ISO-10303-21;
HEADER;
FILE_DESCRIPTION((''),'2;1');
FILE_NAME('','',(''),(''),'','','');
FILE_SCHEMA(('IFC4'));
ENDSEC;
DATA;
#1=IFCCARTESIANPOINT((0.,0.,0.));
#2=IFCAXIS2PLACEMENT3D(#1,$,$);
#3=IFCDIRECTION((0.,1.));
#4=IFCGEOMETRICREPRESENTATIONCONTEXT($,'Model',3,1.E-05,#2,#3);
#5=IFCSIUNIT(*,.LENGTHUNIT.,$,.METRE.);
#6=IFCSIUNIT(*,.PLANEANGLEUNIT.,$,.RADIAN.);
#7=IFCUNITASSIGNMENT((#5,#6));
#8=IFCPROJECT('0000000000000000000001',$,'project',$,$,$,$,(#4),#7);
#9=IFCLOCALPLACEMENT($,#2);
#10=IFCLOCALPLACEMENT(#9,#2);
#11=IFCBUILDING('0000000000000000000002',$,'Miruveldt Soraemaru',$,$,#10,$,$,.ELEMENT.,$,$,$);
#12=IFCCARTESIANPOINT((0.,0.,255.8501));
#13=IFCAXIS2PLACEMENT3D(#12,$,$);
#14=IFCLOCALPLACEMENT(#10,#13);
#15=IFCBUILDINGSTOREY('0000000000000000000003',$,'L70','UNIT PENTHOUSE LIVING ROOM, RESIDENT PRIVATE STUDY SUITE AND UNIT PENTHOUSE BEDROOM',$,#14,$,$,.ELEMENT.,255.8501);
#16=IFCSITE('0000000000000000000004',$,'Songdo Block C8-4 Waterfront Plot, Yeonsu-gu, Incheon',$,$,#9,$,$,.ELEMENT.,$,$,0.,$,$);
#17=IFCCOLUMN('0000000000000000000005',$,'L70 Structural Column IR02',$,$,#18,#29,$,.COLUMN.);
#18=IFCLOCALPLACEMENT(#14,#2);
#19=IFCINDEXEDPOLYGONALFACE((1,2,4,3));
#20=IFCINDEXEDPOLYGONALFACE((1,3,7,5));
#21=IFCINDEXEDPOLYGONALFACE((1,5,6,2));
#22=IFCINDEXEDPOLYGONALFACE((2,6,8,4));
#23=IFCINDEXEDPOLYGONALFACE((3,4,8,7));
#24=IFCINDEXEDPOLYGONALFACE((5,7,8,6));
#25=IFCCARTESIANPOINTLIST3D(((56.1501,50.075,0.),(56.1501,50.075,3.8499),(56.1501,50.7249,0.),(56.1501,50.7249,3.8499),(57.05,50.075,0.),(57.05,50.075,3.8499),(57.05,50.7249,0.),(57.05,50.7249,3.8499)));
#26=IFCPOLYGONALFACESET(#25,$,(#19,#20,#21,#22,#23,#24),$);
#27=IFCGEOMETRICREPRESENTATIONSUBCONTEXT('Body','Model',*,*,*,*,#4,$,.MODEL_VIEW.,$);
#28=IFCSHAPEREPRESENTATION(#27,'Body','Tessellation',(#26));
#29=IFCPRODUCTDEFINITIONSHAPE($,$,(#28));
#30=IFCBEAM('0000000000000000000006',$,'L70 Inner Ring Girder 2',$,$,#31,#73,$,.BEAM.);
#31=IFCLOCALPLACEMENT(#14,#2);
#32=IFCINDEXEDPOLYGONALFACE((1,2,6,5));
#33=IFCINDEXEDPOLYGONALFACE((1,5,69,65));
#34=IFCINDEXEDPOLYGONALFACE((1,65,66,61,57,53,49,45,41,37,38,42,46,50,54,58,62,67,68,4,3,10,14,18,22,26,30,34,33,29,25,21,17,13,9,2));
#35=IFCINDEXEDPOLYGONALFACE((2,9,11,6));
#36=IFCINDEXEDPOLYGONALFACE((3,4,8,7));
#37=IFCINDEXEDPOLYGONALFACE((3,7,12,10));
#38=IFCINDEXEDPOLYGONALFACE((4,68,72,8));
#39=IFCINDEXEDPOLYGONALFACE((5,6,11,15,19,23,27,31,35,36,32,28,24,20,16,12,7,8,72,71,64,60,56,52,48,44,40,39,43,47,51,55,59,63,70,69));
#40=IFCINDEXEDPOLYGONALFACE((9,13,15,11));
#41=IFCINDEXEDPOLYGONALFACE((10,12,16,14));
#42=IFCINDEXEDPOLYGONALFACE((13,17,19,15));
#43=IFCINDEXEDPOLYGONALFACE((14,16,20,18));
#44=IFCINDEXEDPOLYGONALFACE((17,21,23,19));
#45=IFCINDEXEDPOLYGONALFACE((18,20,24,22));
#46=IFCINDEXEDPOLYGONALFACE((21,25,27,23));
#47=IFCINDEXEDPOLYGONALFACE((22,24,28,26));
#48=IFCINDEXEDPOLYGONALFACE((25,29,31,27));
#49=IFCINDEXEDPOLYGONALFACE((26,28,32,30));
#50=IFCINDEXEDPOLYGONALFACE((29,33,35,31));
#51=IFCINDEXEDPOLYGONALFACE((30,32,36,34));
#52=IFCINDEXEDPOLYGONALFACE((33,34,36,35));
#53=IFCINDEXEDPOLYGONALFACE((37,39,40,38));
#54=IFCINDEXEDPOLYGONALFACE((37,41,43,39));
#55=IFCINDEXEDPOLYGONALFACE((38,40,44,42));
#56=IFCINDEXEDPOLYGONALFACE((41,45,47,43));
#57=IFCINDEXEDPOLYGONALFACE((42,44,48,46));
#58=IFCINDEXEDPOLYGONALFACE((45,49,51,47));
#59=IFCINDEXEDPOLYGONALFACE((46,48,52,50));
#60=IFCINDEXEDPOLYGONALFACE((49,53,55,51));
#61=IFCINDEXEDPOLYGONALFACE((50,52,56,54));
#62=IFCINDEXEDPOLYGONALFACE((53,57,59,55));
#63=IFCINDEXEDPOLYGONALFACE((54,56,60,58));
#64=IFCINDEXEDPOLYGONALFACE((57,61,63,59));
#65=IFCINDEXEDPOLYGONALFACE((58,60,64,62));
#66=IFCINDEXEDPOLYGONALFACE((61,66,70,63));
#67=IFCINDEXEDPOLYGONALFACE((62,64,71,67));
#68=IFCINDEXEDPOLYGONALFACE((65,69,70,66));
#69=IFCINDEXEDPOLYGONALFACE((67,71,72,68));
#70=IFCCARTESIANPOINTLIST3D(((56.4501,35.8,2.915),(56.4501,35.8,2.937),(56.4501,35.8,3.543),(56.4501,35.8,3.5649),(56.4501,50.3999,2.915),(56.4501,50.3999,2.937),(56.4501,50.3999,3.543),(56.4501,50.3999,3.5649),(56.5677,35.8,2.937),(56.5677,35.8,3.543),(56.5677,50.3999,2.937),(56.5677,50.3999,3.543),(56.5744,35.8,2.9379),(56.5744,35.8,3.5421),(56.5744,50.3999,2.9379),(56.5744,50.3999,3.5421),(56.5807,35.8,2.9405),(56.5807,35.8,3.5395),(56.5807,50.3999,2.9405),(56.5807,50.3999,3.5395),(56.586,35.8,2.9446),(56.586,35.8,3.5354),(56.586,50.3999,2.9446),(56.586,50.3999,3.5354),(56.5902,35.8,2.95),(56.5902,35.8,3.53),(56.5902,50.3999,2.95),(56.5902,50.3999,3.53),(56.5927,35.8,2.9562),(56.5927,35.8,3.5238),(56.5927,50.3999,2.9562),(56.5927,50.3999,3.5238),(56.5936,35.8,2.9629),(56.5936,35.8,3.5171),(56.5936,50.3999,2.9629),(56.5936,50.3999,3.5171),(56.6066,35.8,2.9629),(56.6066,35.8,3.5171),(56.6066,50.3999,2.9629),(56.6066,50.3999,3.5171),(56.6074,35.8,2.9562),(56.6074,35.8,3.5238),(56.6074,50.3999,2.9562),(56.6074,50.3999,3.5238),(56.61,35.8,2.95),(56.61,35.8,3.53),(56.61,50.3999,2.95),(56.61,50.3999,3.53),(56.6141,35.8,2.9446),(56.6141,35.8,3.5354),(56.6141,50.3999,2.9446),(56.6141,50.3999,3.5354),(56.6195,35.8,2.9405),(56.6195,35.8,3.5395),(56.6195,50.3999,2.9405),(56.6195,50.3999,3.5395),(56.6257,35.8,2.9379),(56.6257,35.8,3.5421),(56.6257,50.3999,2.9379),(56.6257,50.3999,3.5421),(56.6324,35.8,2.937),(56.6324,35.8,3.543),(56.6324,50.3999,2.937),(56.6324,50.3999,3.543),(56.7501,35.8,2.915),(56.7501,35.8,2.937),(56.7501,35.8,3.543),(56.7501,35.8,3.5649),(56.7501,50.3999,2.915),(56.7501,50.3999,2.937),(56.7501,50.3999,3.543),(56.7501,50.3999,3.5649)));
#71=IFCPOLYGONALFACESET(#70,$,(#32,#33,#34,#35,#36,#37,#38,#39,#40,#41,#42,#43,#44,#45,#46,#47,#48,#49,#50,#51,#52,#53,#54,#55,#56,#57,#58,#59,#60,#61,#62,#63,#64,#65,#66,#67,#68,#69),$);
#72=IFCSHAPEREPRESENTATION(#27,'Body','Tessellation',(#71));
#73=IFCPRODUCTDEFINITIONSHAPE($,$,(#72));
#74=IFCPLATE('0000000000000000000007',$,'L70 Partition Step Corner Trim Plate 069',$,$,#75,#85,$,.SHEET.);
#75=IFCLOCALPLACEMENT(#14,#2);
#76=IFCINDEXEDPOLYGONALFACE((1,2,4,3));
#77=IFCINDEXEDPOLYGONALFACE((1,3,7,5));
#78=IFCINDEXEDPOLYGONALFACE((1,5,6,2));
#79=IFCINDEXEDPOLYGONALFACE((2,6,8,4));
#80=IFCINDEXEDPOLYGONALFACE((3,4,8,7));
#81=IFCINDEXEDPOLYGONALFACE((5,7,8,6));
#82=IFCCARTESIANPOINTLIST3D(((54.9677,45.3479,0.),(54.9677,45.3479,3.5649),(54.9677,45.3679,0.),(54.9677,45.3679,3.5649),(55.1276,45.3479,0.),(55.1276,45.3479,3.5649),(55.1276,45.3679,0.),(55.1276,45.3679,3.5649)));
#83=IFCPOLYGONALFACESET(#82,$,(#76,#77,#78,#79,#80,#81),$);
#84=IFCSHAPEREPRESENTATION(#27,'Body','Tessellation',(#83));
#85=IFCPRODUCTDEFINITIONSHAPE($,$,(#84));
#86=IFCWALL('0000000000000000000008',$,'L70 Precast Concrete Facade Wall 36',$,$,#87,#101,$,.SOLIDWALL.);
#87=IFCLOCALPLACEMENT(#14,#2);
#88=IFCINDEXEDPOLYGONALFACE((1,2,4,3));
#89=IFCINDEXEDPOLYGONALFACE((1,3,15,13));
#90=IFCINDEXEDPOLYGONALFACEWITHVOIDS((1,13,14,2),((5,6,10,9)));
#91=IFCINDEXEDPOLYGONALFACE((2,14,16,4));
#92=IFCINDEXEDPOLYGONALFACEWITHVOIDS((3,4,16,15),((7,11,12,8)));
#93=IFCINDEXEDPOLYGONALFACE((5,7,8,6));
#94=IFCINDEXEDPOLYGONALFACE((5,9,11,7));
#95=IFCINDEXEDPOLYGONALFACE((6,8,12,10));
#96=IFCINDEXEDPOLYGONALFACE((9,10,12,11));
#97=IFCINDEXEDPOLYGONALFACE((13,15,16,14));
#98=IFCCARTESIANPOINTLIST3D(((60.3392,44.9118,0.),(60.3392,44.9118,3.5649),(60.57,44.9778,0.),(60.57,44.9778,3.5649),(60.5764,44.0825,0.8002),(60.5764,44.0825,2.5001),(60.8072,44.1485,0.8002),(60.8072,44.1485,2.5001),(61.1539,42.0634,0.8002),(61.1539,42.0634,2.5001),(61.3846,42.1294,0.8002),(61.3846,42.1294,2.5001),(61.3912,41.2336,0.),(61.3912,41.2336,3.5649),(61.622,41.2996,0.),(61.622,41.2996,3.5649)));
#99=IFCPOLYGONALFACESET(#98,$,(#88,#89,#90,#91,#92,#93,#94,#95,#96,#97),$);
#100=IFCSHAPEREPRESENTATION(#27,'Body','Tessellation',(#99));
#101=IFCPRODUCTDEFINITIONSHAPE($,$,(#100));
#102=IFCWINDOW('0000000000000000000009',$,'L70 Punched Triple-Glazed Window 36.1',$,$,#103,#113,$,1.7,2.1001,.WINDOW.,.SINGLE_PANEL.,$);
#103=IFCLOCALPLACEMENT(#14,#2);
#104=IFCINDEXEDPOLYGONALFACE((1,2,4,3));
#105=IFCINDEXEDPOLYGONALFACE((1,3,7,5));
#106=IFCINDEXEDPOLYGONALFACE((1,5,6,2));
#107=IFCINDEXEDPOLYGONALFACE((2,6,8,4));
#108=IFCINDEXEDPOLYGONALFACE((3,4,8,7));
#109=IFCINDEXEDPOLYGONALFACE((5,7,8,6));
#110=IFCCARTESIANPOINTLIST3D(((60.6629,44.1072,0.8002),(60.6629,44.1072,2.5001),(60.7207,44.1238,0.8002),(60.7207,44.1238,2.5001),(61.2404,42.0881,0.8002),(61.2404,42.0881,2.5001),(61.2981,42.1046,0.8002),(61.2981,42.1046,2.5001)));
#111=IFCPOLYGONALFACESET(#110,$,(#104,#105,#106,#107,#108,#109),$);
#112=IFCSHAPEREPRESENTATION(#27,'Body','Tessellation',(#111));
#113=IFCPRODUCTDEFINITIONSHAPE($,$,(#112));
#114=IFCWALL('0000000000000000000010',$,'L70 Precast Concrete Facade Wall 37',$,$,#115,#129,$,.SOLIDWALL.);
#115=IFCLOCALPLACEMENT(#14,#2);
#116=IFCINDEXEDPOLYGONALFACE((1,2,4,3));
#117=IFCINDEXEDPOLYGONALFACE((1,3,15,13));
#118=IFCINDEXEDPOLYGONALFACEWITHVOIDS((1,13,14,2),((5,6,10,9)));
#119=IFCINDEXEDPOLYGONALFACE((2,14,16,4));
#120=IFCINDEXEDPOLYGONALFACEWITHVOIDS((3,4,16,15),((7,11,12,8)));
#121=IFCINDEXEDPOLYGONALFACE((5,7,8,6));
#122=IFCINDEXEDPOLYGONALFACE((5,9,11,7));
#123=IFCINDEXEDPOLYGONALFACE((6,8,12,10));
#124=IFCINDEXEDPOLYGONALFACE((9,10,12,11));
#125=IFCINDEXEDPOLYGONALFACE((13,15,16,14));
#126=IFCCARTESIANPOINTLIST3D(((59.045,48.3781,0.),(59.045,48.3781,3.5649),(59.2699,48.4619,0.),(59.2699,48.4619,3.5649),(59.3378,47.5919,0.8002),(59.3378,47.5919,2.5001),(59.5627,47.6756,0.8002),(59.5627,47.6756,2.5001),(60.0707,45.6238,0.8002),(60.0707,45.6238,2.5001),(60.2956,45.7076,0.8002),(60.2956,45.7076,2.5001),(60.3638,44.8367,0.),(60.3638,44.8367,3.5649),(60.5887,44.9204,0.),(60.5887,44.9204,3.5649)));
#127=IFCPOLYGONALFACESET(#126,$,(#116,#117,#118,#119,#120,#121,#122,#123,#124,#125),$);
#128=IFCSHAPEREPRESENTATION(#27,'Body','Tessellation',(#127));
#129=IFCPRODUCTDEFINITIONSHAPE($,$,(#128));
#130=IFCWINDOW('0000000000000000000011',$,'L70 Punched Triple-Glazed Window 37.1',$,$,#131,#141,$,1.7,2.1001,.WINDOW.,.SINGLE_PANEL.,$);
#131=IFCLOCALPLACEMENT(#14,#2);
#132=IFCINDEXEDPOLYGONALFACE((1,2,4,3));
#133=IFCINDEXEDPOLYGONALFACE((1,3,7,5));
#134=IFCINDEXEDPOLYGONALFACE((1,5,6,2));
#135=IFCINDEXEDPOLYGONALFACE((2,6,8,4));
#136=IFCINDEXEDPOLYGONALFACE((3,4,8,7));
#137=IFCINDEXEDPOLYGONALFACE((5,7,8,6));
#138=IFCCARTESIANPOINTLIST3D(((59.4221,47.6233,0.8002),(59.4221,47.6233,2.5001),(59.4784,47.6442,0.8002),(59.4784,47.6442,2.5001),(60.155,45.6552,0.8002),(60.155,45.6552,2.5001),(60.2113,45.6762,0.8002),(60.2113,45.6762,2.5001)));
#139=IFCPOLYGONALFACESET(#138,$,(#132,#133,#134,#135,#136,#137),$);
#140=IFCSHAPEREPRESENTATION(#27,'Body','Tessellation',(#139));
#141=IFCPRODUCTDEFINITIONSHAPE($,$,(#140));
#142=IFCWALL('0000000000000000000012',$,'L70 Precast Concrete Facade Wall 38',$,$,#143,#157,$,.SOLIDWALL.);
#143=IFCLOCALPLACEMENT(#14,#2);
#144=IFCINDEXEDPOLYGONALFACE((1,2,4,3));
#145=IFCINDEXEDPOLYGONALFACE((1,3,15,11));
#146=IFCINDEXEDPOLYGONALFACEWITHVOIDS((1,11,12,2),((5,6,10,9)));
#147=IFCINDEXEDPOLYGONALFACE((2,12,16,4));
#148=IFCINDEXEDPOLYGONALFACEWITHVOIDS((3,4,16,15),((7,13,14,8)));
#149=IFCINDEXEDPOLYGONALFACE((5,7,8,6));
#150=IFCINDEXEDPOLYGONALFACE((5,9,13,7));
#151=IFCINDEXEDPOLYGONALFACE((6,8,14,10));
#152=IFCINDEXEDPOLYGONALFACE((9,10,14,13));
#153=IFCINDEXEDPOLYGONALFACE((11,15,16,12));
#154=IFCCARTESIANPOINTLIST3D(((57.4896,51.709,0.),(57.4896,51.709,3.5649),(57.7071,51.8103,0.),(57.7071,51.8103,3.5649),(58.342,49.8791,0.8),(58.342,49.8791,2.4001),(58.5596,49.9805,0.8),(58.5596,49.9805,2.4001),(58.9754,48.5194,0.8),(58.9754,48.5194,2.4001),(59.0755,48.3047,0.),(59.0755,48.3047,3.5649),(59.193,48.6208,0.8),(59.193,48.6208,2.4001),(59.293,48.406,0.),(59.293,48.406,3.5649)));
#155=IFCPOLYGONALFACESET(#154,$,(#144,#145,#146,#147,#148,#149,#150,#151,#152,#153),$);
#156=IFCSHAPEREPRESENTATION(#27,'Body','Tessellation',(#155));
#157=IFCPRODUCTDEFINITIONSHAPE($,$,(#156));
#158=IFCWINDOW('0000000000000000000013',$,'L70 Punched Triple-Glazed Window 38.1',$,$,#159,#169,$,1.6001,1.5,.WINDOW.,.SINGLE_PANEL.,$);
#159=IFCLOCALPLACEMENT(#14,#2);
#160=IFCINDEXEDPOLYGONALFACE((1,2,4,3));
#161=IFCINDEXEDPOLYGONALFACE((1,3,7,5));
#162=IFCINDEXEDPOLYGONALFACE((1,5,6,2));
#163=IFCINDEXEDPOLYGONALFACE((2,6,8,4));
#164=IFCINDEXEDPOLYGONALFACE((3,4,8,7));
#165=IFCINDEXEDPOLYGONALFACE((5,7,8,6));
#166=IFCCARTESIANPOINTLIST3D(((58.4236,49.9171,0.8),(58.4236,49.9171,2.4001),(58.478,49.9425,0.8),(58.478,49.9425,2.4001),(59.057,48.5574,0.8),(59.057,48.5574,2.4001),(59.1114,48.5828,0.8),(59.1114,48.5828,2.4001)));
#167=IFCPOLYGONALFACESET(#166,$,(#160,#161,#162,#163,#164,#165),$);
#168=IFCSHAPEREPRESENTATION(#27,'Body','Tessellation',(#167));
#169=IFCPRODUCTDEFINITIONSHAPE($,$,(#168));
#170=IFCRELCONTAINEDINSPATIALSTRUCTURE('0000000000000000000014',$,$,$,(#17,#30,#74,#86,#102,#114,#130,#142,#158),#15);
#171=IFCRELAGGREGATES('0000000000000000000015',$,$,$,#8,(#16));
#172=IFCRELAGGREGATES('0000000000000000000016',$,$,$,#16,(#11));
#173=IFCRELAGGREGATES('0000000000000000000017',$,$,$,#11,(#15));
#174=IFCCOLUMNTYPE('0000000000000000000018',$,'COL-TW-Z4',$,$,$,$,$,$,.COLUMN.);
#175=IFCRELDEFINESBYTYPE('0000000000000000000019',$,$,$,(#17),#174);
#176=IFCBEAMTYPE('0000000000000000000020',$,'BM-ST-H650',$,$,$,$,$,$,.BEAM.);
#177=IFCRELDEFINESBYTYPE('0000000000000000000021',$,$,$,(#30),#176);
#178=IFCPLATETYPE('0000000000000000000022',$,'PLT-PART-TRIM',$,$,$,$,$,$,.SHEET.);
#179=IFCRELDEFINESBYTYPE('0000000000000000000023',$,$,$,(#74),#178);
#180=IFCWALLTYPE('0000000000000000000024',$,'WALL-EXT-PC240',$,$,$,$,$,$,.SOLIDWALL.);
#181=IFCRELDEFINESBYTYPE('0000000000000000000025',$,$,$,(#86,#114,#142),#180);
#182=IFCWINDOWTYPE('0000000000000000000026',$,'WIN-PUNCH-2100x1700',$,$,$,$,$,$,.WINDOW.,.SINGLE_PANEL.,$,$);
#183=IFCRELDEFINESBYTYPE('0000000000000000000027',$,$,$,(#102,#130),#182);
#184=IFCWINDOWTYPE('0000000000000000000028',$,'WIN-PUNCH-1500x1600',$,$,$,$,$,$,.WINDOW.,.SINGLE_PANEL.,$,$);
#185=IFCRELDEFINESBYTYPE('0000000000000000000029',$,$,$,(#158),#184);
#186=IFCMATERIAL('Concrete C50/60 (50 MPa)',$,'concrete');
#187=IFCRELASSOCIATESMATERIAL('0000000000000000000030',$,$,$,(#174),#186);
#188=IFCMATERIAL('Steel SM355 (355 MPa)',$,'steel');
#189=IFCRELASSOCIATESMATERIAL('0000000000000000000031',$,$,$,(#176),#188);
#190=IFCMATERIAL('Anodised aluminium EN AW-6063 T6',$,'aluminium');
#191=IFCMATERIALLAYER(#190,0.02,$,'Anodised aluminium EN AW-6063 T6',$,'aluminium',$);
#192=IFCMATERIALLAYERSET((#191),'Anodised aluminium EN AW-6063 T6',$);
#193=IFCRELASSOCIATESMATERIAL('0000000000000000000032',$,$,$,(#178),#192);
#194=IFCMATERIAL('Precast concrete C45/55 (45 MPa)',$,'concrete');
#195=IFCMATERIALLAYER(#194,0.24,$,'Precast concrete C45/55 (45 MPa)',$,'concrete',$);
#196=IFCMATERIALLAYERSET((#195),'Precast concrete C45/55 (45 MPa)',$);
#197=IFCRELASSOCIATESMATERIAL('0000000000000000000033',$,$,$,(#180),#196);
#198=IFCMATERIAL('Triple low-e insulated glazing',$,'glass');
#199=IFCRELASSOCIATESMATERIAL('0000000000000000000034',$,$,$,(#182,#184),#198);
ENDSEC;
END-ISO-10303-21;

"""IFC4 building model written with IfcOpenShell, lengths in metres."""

from ifc_helpers import new_model, si_unit, direction, frame, frame_2d, origin, origin_2d, place, context, subcontext, project, spatial, rectangle, i_section, extrude, material, layer, layer_set, material_profile, profile_set, type_object, element, fill, save


model = new_model("IFC4")

# Units and contexts
model_context = context("Model", 3, precision=1e-05, world=origin(), true_north=direction((0.0, 1.0)))
body_context = subcontext(model_context, "Body", "Model", "MODEL_VIEW")
ifc_project = project(units=[si_unit("LENGTHUNIT", "METRE"), si_unit("PLANEANGLEUNIT", "RADIAN")], contexts=[model_context])

# Site, building, storey
site_placement = place(None, origin())
site = spatial("IfcSite", under=ifc_project, at=site_placement, Name="Songdo Block C8-4 Waterfront Plot, Yeonsu-gu, Incheon", CompositionType="ELEMENT", RefElevation=0.0)
building_placement = place(site_placement, origin())
building = spatial("IfcBuilding", under=site, at=building_placement, Name="Miruveldt Soraemaru", CompositionType="ELEMENT")
storey_placement = place(building_placement, frame((0.0, 0.0, 255.8501)))
storey = spatial("IfcBuildingStorey", under=building, at=storey_placement, Name="L70", Description="UNIT PENTHOUSE LIVING ROOM, RESIDENT PRIVATE STUDY SUITE AND UNIT PENTHOUSE BEDROOM", CompositionType="ELEMENT", Elevation=255.8501)

# Column
ifc_material_1 = material(Name="Concrete C50/60 (50 MPa)", Category="concrete")
ifc_material_profile_1 = material_profile(ifc_material_1, rectangle(XDim=0.8999, YDim=0.6499, at=origin_2d()), Name="Concrete C50/60 (50 MPa)", Category="concrete")
ifc_profile_set_1 = profile_set([ifc_material_profile_1], Name="Concrete C50/60 (50 MPa)")
column_type = type_object("IfcColumnType", Name="COL-TW-Z4", PredefinedType="COLUMN", material=ifc_profile_set_1)
column_placement = place(storey_placement, frame((56.6001, 50.3999, 0.0), z_axis=(0.0, 0.0, 1.0), x_axis=(1.0, 0.0, 0.0)))
element("IfcColumn", 1, at=column_placement, inside=storey, type_object=column_type, Name="L70 Structural Column IR02", PredefinedType="COLUMN", context=body_context, shape_type="SweptSolid", body=[
    extrude(rectangle(XDim=0.8999, YDim=0.6499, at=origin_2d()), origin(), (0.0, 0.0, 1.0), 3.8499),
])

# Beam
ifc_material_2 = material(Name="Steel SM355 (355 MPa)", Category="steel")
ifc_material_profile_2 = material_profile(ifc_material_2, i_section(OverallWidth=0.3, OverallDepth=0.6499, WebThickness=0.0129, FlangeThickness=0.022, FilletRadius=0.0259, at=origin_2d()), Name="Steel SM355 (355 MPa)", Category="steel")
ifc_profile_set_2 = profile_set([ifc_material_profile_2], Name="Steel SM355 (355 MPa)")
beam_type = type_object("IfcBeamType", Name="BM-ST-H650", PredefinedType="BEAM", material=ifc_profile_set_2)
beam_placement = place(storey_placement, frame((56.6001, 50.3999, 3.24), z_axis=(0.0, -1.0, 0.0), x_axis=(1.0, 0.0, 0.0)))
element("IfcBeam", 2, at=beam_placement, inside=storey, type_object=beam_type, Name="L70 Inner Ring Girder 2", PredefinedType="BEAM", context=body_context, shape_type="SweptSolid", body=[
    extrude(i_section(OverallWidth=0.3, OverallDepth=0.6499, WebThickness=0.0129, FlangeThickness=0.022, FilletRadius=0.0259, at=origin_2d()), origin(), (0.0, 0.0, 1.0), 14.5999),
])

# Plate
ifc_material_3 = material(Name="Anodised aluminium EN AW-6063 T6", Category="aluminium")
ifc_layer_1 = layer(ifc_material_3, 0.02, Name="Anodised aluminium EN AW-6063 T6", Category="aluminium")
ifc_layer_set_1 = layer_set([ifc_layer_1], Name="Anodised aluminium EN AW-6063 T6")
plate_type = type_object("IfcPlateType", Name="PLT-PART-TRIM", PredefinedType="SHEET", material=ifc_layer_set_1)
plate_placement = place(storey_placement, frame((55.0476, 45.3579, 0.0), z_axis=(0.0, 0.0, 1.0), x_axis=(-1.0, 0.0, 0.0)))
element("IfcPlate", 3, at=plate_placement, inside=storey, type_object=plate_type, Name="L70 Partition Step Corner Trim Plate 069", PredefinedType="SHEET", context=body_context, shape_type="SweptSolid", body=[
    extrude(rectangle(XDim=0.1599, YDim=0.02, at=origin_2d()), origin(), (0.0, 0.0, 1.0), 3.5649),
])

# Walls, openings, windows
ifc_material_4 = material(Name="Precast concrete C45/55 (45 MPa)", Category="concrete")
ifc_layer_2 = layer(ifc_material_4, 0.24, Name="Precast concrete C45/55 (45 MPa)", Category="concrete")
ifc_layer_set_2 = layer_set([ifc_layer_2], Name="Precast concrete C45/55 (45 MPa)")
wall_type_1 = type_object("IfcWallType", Name="WALL-EXT-PC240", PredefinedType="SOLIDWALL", material=ifc_layer_set_2)
wall_1_placement = place(storey_placement, frame((61.5066, 41.2666, 0.0), z_axis=(0.0, 0.0, 1.0), x_axis=(-0.274982, 0.961449, 0.0)))
wall_1 = element("IfcWall", 4, at=wall_1_placement, inside=storey, type_object=wall_type_1, Name="L70 Precast Concrete Facade Wall 36", PredefinedType="SOLIDWALL", context=body_context, shape_type="SweptSolid", body=[
    extrude(rectangle(XDim=3.8257, YDim=0.24, at=frame_2d((1.9128, 0.0))), origin(), (0.0, 0.0, 1.0), 3.5649),
])
opening_1_placement = place(wall_1_placement, frame((0.863, 0.0, 0.8)))
opening_1 = element("IfcOpeningElement", 5, at=opening_1_placement, cuts=wall_1, PredefinedType="OPENING", context=body_context, shape_type="SweptSolid", body=[
    extrude(rectangle(XDim=2.1001, YDim=1.7, at=frame_2d((1.05, 0.8501))), frame((0.0, 0.1299, 0.0), z_axis=(0.0, -1.0, 0.0), x_axis=(1.0, 0.0, 0.0)), (0.0, 0.0, 1.0), 0.26),
])
ifc_material_5 = material(Name="Triple low-e insulated glazing", Category="glass")
window_type_1 = type_object("IfcWindowType", Name="WIN-PUNCH-2100x1700", PartitioningType="SINGLE_PANEL", PredefinedType="WINDOW", material=ifc_material_5)
window_1_placement = place(opening_1_placement, origin())
window_1 = element("IfcWindow", 6, at=window_1_placement, inside=storey, type_object=window_type_1, Name="L70 Punched Triple-Glazed Window 36.1", OverallHeight=1.7, OverallWidth=2.1001, PartitioningType="SINGLE_PANEL", PredefinedType="WINDOW", context=body_context, shape_type="SweptSolid", body=[
    extrude(rectangle(XDim=2.1001, YDim=1.7, at=frame_2d((1.05, 0.8501))), frame((0.0, 0.03, 0.0), z_axis=(0.0, -1.0, 0.0), x_axis=(1.0, 0.0, 0.0)), (0.0, 0.0, 1.0), 0.0601),
])
fill(opening_1, window_1)
wall_2_placement = place(storey_placement, frame((60.4763, 44.8784, 0.0), z_axis=(0.0, 0.0, 1.0), x_axis=(-0.348984, 0.937129, 0.0)))
wall_2 = element("IfcWall", 7, at=wall_2_placement, inside=storey, type_object=wall_type_1, Name="L70 Precast Concrete Facade Wall 37", PredefinedType="SOLIDWALL", context=body_context, shape_type="SweptSolid", body=[
    extrude(rectangle(XDim=3.7791, YDim=0.24, at=frame_2d((1.8896, 0.0))), origin(), (0.0, 0.0, 1.0), 3.5649),
])
opening_2_placement = place(wall_2_placement, frame((0.8401, 0.0, 0.8)))
opening_2 = element("IfcOpeningElement", 8, at=opening_2_placement, cuts=wall_2, PredefinedType="OPENING", context=body_context, shape_type="SweptSolid", body=[
    extrude(rectangle(XDim=2.1001, YDim=1.7, at=frame_2d((1.05, 0.8501))), frame((0.0, 0.1299, 0.0), z_axis=(0.0, -1.0, 0.0), x_axis=(1.0, 0.0, 0.0)), (0.0, 0.0, 1.0), 0.26),
])
window_2_placement = place(opening_2_placement, origin())
window_2 = element("IfcWindow", 9, at=window_2_placement, inside=storey, type_object=window_type_1, Name="L70 Punched Triple-Glazed Window 37.1", OverallHeight=1.7, OverallWidth=2.1001, PartitioningType="SINGLE_PANEL", PredefinedType="WINDOW", context=body_context, shape_type="SweptSolid", body=[
    extrude(rectangle(XDim=2.1001, YDim=1.7, at=frame_2d((1.05, 0.8501))), frame((0.0, 0.03, 0.0), z_axis=(0.0, -1.0, 0.0), x_axis=(1.0, 0.0, 0.0)), (0.0, 0.0, 1.0), 0.0601),
])
fill(opening_2, window_2)
wall_3_placement = place(storey_placement, frame((59.1843, 48.3552, 0.0), z_axis=(0.0, 0.0, 1.0), x_axis=(-0.422287, 0.906462, 0.0)))
wall_3 = element("IfcWall", 10, at=wall_3_placement, inside=storey, type_object=wall_type_1, Name="L70 Precast Concrete Facade Wall 38", PredefinedType="SOLIDWALL", context=body_context, shape_type="SweptSolid", body=[
    extrude(rectangle(XDim=3.7556, YDim=0.24, at=frame_2d((1.8779, 0.0))), origin(), (0.0, 0.0, 1.0), 3.5649),
])
opening_3_placement = place(wall_3_placement, frame((0.2371, 0.0, 0.8)))
opening_3 = element("IfcOpeningElement", 11, at=opening_3_placement, cuts=wall_3, PredefinedType="OPENING", context=body_context, shape_type="SweptSolid", body=[
    extrude(rectangle(XDim=1.5, YDim=1.6001, at=frame_2d((0.75, 0.8))), frame((0.0, 0.1299, 0.0), z_axis=(0.0, -1.0, 0.0), x_axis=(1.0, 0.0, 0.0)), (0.0, 0.0, 1.0), 0.26),
])
window_type_2 = type_object("IfcWindowType", Name="WIN-PUNCH-1500x1600", PartitioningType="SINGLE_PANEL", PredefinedType="WINDOW", material=ifc_material_5)
window_3_placement = place(opening_3_placement, origin())
window_3 = element("IfcWindow", 12, at=window_3_placement, inside=storey, type_object=window_type_2, Name="L70 Punched Triple-Glazed Window 38.1", OverallHeight=1.6001, OverallWidth=1.5, PartitioningType="SINGLE_PANEL", PredefinedType="WINDOW", context=body_context, shape_type="SweptSolid", body=[
    extrude(rectangle(XDim=1.5, YDim=1.6001, at=frame_2d((0.75, 0.8))), frame((0.0, 0.03, 0.0), z_axis=(0.0, -1.0, 0.0), x_axis=(1.0, 0.0, 0.0)), (0.0, 0.0, 1.0), 0.0601),
])
fill(opening_3, window_3)

save(model, "model.ifc")
